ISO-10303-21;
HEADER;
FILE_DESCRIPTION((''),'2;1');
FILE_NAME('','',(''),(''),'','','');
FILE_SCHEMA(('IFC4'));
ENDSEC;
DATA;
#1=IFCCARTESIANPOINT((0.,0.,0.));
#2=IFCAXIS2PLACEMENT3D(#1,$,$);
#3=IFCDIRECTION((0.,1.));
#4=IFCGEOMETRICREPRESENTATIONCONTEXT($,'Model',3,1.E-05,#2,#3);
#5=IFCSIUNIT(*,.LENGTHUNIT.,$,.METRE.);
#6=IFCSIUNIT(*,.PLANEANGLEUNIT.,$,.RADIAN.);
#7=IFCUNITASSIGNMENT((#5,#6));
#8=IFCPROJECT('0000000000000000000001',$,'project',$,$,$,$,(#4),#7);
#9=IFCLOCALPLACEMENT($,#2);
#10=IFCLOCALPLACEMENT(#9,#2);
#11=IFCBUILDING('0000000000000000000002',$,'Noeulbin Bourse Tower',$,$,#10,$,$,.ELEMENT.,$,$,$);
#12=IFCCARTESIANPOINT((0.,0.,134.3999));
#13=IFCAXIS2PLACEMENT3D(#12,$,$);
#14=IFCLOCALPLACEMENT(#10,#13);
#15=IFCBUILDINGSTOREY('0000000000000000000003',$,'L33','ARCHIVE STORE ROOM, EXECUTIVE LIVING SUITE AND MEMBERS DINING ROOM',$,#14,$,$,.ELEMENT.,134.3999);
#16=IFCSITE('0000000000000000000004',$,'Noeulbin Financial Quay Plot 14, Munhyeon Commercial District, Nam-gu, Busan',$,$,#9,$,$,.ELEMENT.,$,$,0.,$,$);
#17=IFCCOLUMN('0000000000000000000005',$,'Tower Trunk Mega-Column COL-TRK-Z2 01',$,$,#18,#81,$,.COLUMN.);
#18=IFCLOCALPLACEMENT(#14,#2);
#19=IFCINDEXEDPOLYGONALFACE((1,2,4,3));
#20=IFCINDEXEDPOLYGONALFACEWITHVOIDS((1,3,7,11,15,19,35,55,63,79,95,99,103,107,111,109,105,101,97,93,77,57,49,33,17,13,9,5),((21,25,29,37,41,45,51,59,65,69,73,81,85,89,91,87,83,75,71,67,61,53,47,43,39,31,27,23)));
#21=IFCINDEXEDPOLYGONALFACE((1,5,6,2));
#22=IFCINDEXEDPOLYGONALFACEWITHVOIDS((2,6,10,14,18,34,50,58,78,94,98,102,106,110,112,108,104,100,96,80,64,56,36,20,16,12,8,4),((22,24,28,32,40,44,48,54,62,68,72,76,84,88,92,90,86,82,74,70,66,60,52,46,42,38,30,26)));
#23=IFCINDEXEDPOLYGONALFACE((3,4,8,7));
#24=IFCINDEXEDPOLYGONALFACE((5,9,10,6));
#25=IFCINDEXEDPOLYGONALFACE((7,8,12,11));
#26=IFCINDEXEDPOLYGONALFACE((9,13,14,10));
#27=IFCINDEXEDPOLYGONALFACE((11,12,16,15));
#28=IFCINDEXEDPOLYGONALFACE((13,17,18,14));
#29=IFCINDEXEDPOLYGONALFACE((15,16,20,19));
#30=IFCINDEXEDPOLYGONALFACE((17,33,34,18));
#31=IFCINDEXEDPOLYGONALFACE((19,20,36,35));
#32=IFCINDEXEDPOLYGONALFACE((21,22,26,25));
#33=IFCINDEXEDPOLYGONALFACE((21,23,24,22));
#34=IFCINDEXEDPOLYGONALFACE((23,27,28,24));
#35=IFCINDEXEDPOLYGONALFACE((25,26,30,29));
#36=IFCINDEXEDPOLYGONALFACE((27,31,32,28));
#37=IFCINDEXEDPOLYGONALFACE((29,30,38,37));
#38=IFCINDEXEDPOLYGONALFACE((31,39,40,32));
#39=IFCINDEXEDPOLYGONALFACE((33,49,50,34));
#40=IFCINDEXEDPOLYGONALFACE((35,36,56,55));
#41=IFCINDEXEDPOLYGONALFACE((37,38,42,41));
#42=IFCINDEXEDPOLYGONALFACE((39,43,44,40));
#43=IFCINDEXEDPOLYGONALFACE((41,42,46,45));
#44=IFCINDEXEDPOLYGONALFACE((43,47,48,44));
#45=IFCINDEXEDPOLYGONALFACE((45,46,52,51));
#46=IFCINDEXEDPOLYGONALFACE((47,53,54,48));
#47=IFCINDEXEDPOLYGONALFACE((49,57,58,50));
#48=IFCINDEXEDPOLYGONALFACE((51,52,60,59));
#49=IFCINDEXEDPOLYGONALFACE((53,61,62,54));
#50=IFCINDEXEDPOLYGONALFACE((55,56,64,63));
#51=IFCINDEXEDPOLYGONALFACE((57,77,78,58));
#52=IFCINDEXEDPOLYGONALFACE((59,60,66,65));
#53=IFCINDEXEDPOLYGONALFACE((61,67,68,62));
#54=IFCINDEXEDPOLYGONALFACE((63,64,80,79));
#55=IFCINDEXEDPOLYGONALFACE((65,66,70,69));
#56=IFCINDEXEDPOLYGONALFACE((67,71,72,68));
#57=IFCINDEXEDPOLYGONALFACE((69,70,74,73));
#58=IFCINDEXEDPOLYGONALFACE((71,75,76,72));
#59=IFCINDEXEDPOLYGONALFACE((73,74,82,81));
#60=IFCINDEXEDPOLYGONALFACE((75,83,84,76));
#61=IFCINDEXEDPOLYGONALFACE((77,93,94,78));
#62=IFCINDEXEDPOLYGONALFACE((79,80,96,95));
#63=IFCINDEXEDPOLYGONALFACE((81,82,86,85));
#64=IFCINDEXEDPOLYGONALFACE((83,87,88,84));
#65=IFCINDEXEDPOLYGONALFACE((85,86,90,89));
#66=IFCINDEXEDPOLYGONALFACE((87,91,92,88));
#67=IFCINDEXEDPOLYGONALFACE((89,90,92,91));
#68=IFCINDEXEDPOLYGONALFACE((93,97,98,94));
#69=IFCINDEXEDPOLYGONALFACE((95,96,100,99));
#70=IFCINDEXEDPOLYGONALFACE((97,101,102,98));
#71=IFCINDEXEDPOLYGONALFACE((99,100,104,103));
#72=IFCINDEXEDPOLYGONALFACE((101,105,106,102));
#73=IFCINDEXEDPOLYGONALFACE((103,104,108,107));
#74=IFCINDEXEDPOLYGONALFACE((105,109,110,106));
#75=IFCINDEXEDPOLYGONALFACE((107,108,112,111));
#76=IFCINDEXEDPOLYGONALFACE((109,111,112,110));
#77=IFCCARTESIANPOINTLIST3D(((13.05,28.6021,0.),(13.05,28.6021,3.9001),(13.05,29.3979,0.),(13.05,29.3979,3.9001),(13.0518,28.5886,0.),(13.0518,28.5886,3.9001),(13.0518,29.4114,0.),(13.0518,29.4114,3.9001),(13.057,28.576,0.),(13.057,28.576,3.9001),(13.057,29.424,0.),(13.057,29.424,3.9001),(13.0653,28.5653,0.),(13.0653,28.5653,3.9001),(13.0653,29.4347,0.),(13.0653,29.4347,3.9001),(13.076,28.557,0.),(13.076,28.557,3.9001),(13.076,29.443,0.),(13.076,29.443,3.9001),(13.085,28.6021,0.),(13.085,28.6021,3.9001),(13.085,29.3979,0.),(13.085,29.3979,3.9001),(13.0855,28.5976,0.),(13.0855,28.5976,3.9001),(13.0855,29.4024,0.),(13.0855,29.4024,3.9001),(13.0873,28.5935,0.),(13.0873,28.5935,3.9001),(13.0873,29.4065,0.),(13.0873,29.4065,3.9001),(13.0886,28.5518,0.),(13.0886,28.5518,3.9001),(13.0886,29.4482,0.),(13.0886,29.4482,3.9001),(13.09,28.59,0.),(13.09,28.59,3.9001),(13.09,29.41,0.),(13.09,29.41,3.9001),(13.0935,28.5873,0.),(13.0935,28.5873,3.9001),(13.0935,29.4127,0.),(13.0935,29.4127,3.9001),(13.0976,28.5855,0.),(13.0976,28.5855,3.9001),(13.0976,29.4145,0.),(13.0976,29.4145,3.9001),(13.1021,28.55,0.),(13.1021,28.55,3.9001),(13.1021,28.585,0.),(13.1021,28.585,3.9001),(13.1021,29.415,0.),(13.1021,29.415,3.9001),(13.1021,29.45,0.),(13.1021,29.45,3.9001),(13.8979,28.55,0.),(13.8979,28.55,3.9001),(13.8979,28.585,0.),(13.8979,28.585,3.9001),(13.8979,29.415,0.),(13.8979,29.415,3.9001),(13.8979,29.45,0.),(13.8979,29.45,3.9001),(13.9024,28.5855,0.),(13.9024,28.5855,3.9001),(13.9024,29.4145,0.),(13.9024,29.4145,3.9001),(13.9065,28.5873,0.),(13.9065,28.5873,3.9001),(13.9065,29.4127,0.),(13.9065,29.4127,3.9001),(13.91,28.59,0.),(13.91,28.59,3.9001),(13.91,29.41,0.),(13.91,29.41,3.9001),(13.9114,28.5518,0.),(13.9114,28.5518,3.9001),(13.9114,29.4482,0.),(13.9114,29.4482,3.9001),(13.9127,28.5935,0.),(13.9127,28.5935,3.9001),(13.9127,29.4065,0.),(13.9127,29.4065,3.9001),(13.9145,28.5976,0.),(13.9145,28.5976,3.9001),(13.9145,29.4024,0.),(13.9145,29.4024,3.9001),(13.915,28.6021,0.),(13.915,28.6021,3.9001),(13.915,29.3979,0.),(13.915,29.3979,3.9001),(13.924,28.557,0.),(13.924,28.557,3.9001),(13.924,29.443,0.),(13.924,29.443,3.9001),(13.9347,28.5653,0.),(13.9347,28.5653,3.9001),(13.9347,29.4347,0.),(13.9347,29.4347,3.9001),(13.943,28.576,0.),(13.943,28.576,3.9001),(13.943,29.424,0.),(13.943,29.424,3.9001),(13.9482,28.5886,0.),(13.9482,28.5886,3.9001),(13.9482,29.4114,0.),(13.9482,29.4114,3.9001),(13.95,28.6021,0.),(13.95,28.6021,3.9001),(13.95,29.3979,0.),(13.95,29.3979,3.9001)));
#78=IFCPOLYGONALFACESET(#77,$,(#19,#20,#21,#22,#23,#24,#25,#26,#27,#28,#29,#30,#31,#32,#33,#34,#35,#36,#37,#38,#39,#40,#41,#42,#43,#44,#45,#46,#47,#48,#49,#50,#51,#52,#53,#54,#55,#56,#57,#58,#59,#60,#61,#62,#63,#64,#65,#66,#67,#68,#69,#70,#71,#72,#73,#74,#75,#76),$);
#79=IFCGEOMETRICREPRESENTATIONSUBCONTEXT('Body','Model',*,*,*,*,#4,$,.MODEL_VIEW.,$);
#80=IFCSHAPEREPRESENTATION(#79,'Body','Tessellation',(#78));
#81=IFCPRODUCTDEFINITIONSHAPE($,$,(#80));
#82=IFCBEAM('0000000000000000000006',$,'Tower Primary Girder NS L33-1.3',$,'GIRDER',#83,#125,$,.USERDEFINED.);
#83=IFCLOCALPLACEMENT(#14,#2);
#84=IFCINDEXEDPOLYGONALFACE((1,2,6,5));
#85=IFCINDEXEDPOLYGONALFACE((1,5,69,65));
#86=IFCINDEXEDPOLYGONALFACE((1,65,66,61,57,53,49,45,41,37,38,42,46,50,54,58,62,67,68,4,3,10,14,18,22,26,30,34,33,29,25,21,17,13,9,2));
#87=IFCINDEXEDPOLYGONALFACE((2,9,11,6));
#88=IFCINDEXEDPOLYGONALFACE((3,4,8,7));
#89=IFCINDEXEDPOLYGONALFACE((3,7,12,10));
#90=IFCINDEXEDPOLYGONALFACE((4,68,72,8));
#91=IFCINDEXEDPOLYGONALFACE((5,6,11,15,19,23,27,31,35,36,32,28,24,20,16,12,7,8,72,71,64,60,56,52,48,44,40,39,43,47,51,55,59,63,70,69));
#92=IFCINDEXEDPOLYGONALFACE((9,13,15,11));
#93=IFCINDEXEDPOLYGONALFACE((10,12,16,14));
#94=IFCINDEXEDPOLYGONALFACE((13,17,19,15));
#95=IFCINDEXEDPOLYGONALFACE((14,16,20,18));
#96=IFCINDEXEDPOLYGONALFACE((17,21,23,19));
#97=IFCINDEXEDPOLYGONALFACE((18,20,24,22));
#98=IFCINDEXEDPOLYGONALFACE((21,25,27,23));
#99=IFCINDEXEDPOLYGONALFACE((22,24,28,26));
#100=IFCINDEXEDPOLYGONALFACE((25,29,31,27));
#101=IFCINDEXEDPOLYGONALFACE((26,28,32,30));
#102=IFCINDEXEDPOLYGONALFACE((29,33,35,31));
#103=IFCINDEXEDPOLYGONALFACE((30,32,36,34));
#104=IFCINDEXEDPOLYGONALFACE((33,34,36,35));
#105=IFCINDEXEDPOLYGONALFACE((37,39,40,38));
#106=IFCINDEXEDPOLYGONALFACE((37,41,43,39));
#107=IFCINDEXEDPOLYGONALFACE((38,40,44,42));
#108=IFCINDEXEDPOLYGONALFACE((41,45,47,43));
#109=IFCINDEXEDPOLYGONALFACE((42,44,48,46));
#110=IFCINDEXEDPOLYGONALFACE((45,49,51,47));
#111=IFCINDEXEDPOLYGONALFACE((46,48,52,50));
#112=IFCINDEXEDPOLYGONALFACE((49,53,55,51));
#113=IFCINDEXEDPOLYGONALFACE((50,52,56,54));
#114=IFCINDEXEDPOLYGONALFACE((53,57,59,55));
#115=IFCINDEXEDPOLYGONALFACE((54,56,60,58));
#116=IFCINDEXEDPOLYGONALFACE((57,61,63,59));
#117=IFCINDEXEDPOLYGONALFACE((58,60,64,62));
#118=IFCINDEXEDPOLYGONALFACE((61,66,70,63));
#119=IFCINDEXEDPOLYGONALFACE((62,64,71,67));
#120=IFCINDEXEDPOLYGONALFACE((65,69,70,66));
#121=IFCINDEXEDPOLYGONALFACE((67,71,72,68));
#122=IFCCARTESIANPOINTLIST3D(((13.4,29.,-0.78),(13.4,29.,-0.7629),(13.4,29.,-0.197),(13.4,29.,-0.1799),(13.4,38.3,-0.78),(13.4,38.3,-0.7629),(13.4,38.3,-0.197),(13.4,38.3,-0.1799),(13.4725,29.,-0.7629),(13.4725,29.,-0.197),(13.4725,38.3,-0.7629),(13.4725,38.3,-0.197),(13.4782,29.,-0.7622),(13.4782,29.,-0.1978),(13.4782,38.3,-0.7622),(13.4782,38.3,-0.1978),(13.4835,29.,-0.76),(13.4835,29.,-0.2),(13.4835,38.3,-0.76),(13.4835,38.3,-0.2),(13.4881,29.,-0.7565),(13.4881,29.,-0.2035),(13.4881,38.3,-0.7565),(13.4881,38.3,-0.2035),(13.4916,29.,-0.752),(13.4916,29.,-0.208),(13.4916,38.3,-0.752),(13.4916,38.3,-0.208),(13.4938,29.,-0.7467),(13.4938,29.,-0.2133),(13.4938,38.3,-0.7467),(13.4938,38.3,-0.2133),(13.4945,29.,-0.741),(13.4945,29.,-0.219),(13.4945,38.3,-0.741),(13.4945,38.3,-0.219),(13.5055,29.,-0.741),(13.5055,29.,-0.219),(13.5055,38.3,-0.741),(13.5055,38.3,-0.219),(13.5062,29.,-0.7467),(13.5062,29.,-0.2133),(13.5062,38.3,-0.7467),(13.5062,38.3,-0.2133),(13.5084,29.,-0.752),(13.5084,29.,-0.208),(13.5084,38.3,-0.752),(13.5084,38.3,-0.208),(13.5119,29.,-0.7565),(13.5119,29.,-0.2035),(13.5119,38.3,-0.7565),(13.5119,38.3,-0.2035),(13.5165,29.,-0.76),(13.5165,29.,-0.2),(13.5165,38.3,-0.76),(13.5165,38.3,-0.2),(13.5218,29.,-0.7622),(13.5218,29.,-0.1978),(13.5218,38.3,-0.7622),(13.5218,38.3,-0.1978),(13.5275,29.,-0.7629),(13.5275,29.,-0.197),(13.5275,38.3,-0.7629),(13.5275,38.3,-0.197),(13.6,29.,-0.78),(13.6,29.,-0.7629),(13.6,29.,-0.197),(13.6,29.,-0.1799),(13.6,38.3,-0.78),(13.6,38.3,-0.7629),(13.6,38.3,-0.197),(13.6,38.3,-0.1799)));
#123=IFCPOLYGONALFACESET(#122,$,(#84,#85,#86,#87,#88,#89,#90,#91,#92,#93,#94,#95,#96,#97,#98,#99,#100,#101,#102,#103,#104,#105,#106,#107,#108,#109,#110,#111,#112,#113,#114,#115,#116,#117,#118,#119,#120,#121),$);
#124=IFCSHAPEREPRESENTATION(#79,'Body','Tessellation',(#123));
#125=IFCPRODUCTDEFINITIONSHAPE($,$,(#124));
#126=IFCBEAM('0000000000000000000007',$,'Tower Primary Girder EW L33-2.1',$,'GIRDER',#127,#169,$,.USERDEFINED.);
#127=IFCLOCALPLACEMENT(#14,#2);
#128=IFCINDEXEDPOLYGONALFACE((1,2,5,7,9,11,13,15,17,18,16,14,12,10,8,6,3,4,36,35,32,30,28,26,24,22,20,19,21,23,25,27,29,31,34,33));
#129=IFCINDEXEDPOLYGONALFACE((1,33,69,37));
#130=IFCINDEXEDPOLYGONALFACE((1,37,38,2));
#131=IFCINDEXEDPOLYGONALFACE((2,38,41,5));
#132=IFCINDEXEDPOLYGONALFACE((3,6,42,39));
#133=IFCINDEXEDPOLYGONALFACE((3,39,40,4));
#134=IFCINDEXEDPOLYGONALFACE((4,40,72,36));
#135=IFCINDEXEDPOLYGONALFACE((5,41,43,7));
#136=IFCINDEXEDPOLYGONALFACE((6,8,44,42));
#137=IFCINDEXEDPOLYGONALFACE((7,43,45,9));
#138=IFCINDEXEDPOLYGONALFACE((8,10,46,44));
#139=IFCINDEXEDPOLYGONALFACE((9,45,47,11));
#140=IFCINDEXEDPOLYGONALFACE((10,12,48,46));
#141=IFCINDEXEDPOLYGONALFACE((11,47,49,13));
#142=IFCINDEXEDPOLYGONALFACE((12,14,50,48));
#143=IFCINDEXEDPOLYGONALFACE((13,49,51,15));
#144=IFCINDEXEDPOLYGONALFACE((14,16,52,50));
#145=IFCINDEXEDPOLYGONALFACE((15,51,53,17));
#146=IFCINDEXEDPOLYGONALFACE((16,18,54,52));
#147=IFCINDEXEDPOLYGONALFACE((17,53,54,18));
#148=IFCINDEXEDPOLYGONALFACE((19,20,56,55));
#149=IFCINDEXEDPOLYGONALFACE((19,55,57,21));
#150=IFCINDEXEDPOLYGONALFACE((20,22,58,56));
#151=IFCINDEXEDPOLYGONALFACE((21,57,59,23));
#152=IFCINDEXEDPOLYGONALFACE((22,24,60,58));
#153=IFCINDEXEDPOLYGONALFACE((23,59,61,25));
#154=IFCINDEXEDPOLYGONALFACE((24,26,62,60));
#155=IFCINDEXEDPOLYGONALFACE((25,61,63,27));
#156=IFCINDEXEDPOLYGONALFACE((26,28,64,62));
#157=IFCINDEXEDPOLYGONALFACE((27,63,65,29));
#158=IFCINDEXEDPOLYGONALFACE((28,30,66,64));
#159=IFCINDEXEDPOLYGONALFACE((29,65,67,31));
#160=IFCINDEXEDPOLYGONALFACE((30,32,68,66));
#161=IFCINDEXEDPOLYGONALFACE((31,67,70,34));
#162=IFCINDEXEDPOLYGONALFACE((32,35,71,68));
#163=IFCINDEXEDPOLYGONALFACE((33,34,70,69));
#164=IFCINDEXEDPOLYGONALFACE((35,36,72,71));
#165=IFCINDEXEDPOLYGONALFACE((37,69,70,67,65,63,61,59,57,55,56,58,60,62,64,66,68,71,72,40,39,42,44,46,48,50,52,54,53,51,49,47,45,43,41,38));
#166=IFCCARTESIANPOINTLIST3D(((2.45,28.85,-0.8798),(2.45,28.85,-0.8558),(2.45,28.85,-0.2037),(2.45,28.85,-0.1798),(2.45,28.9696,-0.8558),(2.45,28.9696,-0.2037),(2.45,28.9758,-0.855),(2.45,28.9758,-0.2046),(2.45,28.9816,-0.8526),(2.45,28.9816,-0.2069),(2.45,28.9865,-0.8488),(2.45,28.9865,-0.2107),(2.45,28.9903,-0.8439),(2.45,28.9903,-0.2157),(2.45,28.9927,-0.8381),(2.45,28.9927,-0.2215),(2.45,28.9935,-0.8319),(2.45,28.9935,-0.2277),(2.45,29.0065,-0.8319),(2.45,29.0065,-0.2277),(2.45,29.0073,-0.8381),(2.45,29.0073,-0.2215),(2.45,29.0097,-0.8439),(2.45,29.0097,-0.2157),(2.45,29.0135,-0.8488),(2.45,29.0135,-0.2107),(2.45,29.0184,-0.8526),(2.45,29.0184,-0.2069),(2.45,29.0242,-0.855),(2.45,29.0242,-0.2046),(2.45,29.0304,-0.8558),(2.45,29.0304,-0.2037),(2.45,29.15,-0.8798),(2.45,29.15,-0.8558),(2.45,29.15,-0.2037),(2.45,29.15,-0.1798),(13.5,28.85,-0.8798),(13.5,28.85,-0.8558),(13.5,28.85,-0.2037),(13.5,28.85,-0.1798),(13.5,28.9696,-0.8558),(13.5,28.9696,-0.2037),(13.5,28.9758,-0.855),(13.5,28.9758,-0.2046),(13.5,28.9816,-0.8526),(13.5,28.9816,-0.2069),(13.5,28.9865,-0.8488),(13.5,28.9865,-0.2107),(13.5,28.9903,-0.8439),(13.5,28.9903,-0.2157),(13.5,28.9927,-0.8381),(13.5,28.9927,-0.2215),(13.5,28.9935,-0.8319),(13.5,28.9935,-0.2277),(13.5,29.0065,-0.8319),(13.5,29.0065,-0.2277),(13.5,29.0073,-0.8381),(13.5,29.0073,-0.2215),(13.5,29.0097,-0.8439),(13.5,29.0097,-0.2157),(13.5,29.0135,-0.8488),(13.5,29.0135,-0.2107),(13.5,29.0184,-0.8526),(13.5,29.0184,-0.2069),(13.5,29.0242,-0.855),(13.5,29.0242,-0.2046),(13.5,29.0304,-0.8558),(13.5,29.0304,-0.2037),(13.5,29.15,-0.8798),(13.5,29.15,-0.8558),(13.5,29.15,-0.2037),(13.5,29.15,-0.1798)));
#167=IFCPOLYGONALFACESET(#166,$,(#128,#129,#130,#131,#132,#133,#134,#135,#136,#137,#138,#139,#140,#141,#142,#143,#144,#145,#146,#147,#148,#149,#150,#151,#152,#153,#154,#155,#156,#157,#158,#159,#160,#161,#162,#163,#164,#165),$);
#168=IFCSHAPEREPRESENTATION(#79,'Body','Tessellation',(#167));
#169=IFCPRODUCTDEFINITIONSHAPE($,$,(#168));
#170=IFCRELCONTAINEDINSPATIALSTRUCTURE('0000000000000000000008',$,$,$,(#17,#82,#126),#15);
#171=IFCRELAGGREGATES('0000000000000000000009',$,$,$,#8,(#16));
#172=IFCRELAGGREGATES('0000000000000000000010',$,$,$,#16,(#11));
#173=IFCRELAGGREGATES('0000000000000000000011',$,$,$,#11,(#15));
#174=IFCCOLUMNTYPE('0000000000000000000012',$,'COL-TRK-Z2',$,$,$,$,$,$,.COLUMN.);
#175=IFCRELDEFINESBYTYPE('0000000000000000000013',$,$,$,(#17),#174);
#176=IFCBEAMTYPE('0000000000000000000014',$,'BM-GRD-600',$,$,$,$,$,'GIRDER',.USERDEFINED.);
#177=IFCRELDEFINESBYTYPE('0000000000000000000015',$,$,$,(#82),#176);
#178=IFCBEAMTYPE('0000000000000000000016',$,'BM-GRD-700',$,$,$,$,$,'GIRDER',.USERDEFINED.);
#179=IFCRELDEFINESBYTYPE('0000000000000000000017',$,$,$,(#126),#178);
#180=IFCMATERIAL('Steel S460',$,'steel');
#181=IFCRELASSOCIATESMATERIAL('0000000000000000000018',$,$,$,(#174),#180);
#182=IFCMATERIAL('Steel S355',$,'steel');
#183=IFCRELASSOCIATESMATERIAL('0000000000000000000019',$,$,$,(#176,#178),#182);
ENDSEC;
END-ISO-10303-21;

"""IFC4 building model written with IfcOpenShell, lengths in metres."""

from ifc_helpers import new_model, si_unit, direction, frame, origin, origin_2d, place, context, subcontext, project, spatial, hollow_rectangle, i_section, extrude, material, material_profile, profile_set, type_object, element, save


model = new_model("IFC4")

# Units and contexts
model_context = context("Model", 3, precision=1e-05, world=origin(), true_north=direction((0.0, 1.0)))
body_context = subcontext(model_context, "Body", "Model", "MODEL_VIEW")
ifc_project = project(units=[si_unit("LENGTHUNIT", "METRE"), si_unit("PLANEANGLEUNIT", "RADIAN")], contexts=[model_context])

# Site, building, storey
site_placement = place(None, origin())
site = spatial("IfcSite", under=ifc_project, at=site_placement, Name="Noeulbin Financial Quay Plot 14, Munhyeon Commercial District, Nam-gu, Busan", CompositionType="ELEMENT", RefElevation=0.0)
building_placement = place(site_placement, origin())
building = spatial("IfcBuilding", under=site, at=building_placement, Name="Noeulbin Bourse Tower", CompositionType="ELEMENT")
storey_placement = place(building_placement, frame((0.0, 0.0, 134.3999)))
storey = spatial("IfcBuildingStorey", under=building, at=storey_placement, Name="L33", Description="ARCHIVE STORE ROOM, EXECUTIVE LIVING SUITE AND MEMBERS DINING ROOM", CompositionType="ELEMENT", Elevation=134.3999)

# Column
ifc_material_1 = material(Name="Steel S460", Category="steel")
ifc_material_profile_1 = material_profile(ifc_material_1, hollow_rectangle(XDim=0.8999, YDim=0.8999, WallThickness=0.0349, InnerFilletRadius=0.0171, OuterFilletRadius=0.052, at=origin_2d()), Name="BOX-900x900x35", Category="LoadBearing")
ifc_profile_set_1 = profile_set([ifc_material_profile_1], Name="Steel S460")
column_type = type_object("IfcColumnType", Name="COL-TRK-Z2", PredefinedType="COLUMN", material=ifc_profile_set_1)
column_placement = place(storey_placement, frame((13.5, 29.0, 0.0), z_axis=(0.0, 0.0, 1.0), x_axis=(1.0, 0.0, 0.0)))
element("IfcColumn", 1, at=column_placement, inside=storey, type_object=column_type, Name="Tower Trunk Mega-Column COL-TRK-Z2 01", PredefinedType="COLUMN", context=body_context, shape_type="SweptSolid", body=[
    extrude(hollow_rectangle(XDim=0.8999, YDim=0.8999, WallThickness=0.0349, InnerFilletRadius=0.0171, OuterFilletRadius=0.052, at=origin_2d()), origin(), (0.0, 0.0, 1.0), 3.9001),
])

# Beams
ifc_material_2 = material(Name="Steel S355", Category="steel")
ifc_material_profile_2 = material_profile(ifc_material_2, i_section(OverallWidth=0.2, OverallDepth=0.6001, WebThickness=0.011, FlangeThickness=0.0171, FilletRadius=0.022, at=origin_2d()), Name="H-600x200x11x17", Category="LoadBearing")
ifc_profile_set_2 = profile_set([ifc_material_profile_2], Name="Steel S355")
beam_type_1 = type_object("IfcBeamType", Name="BM-GRD-600", ElementType="GIRDER", PredefinedType="USERDEFINED", material=ifc_profile_set_2)
beam_1_placement = place(storey_placement, frame((13.5, 29.0, -0.48), z_axis=(0.0, 1.0, 0.0), x_axis=(-1.0, 0.0, 0.0)))
element("IfcBeam", 2, at=beam_1_placement, inside=storey, type_object=beam_type_1, Name="Tower Primary Girder NS L33-1.3", ObjectType="GIRDER", PredefinedType="USERDEFINED", context=body_context, shape_type="SweptSolid", body=[
    extrude(i_section(OverallWidth=0.2, OverallDepth=0.6001, WebThickness=0.011, FlangeThickness=0.0171, FilletRadius=0.022, at=origin_2d()), origin(), (0.0, 0.0, 1.0), 9.3),
])
ifc_material_profile_3 = material_profile(ifc_material_2, i_section(OverallWidth=0.3, OverallDepth=0.7, WebThickness=0.0129, FlangeThickness=0.0239, FilletRadius=0.0239, at=origin_2d()), Name="H-700x300x13x24", Category="LoadBearing")
ifc_profile_set_3 = profile_set([ifc_material_profile_3], Name="Steel S355")
beam_type_2 = type_object("IfcBeamType", Name="BM-GRD-700", ElementType="GIRDER", PredefinedType="USERDEFINED", material=ifc_profile_set_3)
beam_2_placement = place(storey_placement, frame((2.45, 29.0, -0.5298), z_axis=(1.0, 0.0, 0.0), x_axis=(0.0, 1.0, 0.0)))
element("IfcBeam", 3, at=beam_2_placement, inside=storey, type_object=beam_type_2, Name="Tower Primary Girder EW L33-2.1", ObjectType="GIRDER", PredefinedType="USERDEFINED", context=body_context, shape_type="SweptSolid", body=[
    extrude(i_section(OverallWidth=0.3, OverallDepth=0.7, WebThickness=0.0129, FlangeThickness=0.0239, FilletRadius=0.0239, at=origin_2d()), origin(), (0.0, 0.0, 1.0), 11.05),
])

save(model, "model.ifc")
